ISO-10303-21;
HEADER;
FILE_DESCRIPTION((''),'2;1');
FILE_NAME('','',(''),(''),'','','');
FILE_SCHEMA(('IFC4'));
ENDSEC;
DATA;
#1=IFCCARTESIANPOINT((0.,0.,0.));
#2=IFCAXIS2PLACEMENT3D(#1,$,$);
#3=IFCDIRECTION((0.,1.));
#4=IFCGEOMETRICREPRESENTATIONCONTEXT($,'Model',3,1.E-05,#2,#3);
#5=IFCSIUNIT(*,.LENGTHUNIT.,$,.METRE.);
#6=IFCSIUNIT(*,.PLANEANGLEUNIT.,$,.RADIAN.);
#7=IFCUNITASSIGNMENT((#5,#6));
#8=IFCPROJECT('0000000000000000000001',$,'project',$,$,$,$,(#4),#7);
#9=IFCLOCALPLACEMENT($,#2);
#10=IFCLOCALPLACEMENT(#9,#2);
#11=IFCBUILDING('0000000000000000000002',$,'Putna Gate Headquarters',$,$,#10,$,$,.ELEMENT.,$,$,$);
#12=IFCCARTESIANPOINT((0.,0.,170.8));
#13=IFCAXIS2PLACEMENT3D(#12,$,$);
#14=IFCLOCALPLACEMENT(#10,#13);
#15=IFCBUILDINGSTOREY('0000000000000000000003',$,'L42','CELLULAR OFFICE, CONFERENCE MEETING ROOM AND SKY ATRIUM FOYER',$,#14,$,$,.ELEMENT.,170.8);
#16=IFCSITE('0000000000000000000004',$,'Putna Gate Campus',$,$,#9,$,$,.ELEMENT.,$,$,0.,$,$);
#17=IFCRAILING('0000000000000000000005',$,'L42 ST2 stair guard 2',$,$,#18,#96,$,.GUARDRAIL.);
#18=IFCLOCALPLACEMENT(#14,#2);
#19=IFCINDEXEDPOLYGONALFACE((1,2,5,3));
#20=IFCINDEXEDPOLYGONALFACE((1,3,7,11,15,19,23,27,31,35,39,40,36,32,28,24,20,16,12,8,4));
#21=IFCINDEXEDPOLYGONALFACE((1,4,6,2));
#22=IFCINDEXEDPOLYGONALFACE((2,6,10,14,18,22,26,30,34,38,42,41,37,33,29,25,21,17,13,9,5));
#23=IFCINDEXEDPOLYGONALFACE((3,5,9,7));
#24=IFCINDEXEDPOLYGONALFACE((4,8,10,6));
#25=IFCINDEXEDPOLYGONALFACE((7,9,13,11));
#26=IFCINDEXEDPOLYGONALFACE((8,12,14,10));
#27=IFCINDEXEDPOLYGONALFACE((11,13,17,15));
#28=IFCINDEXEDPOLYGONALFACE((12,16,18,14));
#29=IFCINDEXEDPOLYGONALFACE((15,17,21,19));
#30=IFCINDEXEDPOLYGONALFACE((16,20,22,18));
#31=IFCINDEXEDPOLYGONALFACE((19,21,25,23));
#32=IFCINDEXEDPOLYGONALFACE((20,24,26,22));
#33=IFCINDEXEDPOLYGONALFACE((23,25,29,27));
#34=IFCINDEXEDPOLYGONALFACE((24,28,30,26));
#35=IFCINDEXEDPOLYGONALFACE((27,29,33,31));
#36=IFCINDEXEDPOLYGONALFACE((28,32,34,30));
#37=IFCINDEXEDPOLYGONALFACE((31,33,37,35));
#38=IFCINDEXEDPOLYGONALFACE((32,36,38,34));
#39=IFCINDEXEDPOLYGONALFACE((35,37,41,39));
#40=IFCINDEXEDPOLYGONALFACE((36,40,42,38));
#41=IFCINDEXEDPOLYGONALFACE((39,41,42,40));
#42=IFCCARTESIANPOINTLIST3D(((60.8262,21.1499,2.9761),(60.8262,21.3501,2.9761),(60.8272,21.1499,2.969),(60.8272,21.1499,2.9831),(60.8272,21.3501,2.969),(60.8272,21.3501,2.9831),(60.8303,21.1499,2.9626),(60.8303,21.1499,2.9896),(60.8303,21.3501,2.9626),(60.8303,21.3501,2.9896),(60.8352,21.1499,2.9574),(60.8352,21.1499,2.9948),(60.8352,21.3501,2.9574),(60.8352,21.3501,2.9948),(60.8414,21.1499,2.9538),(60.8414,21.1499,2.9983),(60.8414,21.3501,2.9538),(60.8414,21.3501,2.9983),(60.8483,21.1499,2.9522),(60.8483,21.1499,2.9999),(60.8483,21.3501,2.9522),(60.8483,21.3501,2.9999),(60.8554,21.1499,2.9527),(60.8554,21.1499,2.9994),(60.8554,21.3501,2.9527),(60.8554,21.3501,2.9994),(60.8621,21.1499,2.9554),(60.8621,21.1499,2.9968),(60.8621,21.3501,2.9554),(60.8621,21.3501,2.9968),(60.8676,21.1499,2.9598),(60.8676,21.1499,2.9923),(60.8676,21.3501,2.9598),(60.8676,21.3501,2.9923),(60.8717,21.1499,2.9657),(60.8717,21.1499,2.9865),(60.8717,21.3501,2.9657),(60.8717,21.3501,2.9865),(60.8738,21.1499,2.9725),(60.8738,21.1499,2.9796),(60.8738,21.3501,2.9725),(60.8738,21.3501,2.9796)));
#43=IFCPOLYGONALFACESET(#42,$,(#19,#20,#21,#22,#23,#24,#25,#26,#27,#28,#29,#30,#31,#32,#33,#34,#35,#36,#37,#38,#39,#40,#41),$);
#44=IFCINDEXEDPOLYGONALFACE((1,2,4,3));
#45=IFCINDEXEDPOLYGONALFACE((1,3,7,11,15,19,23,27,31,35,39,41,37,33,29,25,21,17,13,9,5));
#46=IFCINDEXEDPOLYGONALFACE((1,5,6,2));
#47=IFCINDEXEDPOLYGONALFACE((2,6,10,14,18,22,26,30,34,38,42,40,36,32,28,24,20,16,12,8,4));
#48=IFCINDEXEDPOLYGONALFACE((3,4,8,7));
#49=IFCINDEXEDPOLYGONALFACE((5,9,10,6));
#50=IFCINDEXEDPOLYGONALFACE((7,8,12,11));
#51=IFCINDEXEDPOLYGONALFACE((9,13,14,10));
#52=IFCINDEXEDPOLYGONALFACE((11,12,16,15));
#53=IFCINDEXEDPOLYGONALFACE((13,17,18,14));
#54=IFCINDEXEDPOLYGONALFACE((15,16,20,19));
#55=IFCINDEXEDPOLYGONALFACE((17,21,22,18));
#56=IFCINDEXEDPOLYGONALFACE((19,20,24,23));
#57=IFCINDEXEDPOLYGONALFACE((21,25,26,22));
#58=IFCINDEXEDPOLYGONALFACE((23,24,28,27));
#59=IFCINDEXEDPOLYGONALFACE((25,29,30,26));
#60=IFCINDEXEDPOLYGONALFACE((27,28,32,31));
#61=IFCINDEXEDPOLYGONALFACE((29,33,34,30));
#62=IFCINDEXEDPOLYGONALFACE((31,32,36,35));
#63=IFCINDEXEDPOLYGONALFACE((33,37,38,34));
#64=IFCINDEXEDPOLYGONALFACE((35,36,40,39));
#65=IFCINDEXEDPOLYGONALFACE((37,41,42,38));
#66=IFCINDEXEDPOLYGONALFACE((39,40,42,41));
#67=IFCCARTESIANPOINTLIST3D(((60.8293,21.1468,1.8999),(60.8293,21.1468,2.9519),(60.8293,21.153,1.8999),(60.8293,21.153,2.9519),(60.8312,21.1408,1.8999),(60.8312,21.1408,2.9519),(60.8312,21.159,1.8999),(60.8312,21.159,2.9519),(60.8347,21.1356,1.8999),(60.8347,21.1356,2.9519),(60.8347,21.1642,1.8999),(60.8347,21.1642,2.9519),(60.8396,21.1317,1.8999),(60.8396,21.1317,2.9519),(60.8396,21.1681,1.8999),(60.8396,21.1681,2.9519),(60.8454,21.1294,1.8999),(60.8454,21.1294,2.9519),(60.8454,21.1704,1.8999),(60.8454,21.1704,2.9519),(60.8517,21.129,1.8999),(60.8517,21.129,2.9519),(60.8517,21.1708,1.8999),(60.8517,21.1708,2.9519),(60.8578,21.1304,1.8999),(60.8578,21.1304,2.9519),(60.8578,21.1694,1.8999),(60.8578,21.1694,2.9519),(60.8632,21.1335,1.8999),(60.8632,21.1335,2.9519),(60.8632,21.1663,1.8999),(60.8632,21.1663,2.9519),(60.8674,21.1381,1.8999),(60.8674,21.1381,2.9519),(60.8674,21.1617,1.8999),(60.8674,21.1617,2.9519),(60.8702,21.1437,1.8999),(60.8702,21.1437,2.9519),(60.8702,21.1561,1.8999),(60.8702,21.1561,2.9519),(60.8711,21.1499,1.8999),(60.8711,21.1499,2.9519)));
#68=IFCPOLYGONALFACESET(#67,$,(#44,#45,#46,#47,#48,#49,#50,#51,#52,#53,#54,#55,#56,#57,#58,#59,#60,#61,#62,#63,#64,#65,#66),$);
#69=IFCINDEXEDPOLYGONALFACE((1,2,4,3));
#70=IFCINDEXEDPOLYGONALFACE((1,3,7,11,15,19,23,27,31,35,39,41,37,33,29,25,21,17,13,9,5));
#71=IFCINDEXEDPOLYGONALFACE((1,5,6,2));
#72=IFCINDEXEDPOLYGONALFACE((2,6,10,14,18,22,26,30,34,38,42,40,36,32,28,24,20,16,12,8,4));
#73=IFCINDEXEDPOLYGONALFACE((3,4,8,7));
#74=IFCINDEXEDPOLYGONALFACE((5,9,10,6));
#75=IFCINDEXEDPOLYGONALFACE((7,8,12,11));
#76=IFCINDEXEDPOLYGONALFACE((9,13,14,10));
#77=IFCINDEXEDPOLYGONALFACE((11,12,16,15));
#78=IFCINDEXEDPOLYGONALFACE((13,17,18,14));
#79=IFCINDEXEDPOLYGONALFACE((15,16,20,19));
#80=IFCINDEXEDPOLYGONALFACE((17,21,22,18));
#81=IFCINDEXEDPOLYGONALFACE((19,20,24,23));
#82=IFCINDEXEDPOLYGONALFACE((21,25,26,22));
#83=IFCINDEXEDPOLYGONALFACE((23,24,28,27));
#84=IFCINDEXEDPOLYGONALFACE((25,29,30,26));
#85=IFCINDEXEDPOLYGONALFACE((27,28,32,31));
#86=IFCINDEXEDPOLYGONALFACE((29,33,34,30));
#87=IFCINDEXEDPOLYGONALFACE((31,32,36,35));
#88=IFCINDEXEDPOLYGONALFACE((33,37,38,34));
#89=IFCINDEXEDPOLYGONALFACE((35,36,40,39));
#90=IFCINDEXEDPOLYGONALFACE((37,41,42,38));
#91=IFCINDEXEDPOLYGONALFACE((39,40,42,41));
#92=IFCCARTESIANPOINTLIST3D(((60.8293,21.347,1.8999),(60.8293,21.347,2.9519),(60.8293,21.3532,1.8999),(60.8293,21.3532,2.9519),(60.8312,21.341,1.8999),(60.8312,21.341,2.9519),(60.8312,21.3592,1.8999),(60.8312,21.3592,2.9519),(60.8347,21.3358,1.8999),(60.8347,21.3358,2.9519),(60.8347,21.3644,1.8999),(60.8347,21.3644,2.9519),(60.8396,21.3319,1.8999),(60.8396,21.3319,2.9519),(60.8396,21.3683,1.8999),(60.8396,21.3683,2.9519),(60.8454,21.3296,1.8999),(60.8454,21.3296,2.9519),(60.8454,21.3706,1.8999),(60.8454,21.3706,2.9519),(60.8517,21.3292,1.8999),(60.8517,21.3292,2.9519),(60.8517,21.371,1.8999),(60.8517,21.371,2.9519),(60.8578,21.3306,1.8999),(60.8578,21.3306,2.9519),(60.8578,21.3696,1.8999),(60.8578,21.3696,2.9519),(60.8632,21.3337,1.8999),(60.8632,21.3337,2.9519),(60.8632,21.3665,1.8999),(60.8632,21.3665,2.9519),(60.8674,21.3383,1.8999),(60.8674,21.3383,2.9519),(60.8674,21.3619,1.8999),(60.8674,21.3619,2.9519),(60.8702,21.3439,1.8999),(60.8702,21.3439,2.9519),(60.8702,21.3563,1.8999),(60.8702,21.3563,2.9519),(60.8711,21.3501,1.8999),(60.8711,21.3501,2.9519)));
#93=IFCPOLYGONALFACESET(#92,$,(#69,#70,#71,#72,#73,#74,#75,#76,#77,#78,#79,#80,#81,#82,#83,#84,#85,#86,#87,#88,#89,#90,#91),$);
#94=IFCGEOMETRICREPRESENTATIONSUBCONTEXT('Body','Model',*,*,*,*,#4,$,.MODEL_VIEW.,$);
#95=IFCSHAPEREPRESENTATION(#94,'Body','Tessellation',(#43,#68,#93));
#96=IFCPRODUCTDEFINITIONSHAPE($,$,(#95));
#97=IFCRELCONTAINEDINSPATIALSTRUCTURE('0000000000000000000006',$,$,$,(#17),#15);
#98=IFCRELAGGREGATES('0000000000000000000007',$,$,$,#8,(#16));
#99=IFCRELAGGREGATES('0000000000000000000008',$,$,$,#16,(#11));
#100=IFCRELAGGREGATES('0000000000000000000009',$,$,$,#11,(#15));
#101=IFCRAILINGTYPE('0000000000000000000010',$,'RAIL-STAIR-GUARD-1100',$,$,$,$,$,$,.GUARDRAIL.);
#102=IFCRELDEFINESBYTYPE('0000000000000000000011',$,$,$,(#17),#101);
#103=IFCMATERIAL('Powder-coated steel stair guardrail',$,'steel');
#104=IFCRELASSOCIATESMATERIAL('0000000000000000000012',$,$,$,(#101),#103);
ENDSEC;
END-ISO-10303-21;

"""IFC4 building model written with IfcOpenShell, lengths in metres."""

from ifc_helpers import new_model, si_unit, direction, frame, origin, origin_2d, place, context, subcontext, project, spatial, circle, extrude, material, type_object, element, save


model = new_model("IFC4")

# Units and contexts
model_context = context("Model", 3, precision=1e-05, world=origin(), true_north=direction((0.0, 1.0)))
body_context = subcontext(model_context, "Body", "Model", "MODEL_VIEW")
ifc_project = project(units=[si_unit("LENGTHUNIT", "METRE"), si_unit("PLANEANGLEUNIT", "RADIAN")], contexts=[model_context])

# Site, building, storey
site_placement = place(None, origin())
site = spatial("IfcSite", under=ifc_project, at=site_placement, Name="Putna Gate Campus", CompositionType="ELEMENT", RefElevation=0.0)
building_placement = place(site_placement, origin())
building = spatial("IfcBuilding", under=site, at=building_placement, Name="Putna Gate Headquarters", CompositionType="ELEMENT")
storey_placement = place(building_placement, frame((0.0, 0.0, 170.8)))
storey = spatial("IfcBuildingStorey", under=building, at=storey_placement, Name="L42", Description="CELLULAR OFFICE, CONFERENCE MEETING ROOM AND SKY ATRIUM FOYER", CompositionType="ELEMENT", Elevation=170.8)

# Railing
ifc_material_1 = material(Name="Powder-coated steel stair guardrail", Category="steel")
railing_type_1 = type_object("IfcRailingType", Name="RAIL-STAIR-GUARD-1100", PredefinedType="GUARDRAIL", material=ifc_material_1)
railing_1_placement = place(storey_placement, frame((60.8501, 21.1499, 1.8999)))
element("IfcRailing", 1, at=railing_1_placement, inside=storey, type_object=railing_type_1, Name="L42 ST2 stair guard 2", PredefinedType="GUARDRAIL", context=body_context, shape_type="SweptSolid", body=[
    extrude(circle(Radius=0.0239, at=origin_2d()), frame((0.0, 0.0, 1.0762), z_axis=(0.0, 1.0, 0.0), x_axis=(-1.0, 0.0, 0.0)), (0.0, 0.0, 1.0), 0.2002),
    extrude(circle(Radius=0.021, at=origin_2d()), origin(), (0.0, 0.0, 1.0), 1.052),
    extrude(circle(Radius=0.021, at=origin_2d()), frame((0.0, 0.2002, 0.0)), (0.0, 0.0, 1.0), 1.052),
])

save(model, "model.ifc")
